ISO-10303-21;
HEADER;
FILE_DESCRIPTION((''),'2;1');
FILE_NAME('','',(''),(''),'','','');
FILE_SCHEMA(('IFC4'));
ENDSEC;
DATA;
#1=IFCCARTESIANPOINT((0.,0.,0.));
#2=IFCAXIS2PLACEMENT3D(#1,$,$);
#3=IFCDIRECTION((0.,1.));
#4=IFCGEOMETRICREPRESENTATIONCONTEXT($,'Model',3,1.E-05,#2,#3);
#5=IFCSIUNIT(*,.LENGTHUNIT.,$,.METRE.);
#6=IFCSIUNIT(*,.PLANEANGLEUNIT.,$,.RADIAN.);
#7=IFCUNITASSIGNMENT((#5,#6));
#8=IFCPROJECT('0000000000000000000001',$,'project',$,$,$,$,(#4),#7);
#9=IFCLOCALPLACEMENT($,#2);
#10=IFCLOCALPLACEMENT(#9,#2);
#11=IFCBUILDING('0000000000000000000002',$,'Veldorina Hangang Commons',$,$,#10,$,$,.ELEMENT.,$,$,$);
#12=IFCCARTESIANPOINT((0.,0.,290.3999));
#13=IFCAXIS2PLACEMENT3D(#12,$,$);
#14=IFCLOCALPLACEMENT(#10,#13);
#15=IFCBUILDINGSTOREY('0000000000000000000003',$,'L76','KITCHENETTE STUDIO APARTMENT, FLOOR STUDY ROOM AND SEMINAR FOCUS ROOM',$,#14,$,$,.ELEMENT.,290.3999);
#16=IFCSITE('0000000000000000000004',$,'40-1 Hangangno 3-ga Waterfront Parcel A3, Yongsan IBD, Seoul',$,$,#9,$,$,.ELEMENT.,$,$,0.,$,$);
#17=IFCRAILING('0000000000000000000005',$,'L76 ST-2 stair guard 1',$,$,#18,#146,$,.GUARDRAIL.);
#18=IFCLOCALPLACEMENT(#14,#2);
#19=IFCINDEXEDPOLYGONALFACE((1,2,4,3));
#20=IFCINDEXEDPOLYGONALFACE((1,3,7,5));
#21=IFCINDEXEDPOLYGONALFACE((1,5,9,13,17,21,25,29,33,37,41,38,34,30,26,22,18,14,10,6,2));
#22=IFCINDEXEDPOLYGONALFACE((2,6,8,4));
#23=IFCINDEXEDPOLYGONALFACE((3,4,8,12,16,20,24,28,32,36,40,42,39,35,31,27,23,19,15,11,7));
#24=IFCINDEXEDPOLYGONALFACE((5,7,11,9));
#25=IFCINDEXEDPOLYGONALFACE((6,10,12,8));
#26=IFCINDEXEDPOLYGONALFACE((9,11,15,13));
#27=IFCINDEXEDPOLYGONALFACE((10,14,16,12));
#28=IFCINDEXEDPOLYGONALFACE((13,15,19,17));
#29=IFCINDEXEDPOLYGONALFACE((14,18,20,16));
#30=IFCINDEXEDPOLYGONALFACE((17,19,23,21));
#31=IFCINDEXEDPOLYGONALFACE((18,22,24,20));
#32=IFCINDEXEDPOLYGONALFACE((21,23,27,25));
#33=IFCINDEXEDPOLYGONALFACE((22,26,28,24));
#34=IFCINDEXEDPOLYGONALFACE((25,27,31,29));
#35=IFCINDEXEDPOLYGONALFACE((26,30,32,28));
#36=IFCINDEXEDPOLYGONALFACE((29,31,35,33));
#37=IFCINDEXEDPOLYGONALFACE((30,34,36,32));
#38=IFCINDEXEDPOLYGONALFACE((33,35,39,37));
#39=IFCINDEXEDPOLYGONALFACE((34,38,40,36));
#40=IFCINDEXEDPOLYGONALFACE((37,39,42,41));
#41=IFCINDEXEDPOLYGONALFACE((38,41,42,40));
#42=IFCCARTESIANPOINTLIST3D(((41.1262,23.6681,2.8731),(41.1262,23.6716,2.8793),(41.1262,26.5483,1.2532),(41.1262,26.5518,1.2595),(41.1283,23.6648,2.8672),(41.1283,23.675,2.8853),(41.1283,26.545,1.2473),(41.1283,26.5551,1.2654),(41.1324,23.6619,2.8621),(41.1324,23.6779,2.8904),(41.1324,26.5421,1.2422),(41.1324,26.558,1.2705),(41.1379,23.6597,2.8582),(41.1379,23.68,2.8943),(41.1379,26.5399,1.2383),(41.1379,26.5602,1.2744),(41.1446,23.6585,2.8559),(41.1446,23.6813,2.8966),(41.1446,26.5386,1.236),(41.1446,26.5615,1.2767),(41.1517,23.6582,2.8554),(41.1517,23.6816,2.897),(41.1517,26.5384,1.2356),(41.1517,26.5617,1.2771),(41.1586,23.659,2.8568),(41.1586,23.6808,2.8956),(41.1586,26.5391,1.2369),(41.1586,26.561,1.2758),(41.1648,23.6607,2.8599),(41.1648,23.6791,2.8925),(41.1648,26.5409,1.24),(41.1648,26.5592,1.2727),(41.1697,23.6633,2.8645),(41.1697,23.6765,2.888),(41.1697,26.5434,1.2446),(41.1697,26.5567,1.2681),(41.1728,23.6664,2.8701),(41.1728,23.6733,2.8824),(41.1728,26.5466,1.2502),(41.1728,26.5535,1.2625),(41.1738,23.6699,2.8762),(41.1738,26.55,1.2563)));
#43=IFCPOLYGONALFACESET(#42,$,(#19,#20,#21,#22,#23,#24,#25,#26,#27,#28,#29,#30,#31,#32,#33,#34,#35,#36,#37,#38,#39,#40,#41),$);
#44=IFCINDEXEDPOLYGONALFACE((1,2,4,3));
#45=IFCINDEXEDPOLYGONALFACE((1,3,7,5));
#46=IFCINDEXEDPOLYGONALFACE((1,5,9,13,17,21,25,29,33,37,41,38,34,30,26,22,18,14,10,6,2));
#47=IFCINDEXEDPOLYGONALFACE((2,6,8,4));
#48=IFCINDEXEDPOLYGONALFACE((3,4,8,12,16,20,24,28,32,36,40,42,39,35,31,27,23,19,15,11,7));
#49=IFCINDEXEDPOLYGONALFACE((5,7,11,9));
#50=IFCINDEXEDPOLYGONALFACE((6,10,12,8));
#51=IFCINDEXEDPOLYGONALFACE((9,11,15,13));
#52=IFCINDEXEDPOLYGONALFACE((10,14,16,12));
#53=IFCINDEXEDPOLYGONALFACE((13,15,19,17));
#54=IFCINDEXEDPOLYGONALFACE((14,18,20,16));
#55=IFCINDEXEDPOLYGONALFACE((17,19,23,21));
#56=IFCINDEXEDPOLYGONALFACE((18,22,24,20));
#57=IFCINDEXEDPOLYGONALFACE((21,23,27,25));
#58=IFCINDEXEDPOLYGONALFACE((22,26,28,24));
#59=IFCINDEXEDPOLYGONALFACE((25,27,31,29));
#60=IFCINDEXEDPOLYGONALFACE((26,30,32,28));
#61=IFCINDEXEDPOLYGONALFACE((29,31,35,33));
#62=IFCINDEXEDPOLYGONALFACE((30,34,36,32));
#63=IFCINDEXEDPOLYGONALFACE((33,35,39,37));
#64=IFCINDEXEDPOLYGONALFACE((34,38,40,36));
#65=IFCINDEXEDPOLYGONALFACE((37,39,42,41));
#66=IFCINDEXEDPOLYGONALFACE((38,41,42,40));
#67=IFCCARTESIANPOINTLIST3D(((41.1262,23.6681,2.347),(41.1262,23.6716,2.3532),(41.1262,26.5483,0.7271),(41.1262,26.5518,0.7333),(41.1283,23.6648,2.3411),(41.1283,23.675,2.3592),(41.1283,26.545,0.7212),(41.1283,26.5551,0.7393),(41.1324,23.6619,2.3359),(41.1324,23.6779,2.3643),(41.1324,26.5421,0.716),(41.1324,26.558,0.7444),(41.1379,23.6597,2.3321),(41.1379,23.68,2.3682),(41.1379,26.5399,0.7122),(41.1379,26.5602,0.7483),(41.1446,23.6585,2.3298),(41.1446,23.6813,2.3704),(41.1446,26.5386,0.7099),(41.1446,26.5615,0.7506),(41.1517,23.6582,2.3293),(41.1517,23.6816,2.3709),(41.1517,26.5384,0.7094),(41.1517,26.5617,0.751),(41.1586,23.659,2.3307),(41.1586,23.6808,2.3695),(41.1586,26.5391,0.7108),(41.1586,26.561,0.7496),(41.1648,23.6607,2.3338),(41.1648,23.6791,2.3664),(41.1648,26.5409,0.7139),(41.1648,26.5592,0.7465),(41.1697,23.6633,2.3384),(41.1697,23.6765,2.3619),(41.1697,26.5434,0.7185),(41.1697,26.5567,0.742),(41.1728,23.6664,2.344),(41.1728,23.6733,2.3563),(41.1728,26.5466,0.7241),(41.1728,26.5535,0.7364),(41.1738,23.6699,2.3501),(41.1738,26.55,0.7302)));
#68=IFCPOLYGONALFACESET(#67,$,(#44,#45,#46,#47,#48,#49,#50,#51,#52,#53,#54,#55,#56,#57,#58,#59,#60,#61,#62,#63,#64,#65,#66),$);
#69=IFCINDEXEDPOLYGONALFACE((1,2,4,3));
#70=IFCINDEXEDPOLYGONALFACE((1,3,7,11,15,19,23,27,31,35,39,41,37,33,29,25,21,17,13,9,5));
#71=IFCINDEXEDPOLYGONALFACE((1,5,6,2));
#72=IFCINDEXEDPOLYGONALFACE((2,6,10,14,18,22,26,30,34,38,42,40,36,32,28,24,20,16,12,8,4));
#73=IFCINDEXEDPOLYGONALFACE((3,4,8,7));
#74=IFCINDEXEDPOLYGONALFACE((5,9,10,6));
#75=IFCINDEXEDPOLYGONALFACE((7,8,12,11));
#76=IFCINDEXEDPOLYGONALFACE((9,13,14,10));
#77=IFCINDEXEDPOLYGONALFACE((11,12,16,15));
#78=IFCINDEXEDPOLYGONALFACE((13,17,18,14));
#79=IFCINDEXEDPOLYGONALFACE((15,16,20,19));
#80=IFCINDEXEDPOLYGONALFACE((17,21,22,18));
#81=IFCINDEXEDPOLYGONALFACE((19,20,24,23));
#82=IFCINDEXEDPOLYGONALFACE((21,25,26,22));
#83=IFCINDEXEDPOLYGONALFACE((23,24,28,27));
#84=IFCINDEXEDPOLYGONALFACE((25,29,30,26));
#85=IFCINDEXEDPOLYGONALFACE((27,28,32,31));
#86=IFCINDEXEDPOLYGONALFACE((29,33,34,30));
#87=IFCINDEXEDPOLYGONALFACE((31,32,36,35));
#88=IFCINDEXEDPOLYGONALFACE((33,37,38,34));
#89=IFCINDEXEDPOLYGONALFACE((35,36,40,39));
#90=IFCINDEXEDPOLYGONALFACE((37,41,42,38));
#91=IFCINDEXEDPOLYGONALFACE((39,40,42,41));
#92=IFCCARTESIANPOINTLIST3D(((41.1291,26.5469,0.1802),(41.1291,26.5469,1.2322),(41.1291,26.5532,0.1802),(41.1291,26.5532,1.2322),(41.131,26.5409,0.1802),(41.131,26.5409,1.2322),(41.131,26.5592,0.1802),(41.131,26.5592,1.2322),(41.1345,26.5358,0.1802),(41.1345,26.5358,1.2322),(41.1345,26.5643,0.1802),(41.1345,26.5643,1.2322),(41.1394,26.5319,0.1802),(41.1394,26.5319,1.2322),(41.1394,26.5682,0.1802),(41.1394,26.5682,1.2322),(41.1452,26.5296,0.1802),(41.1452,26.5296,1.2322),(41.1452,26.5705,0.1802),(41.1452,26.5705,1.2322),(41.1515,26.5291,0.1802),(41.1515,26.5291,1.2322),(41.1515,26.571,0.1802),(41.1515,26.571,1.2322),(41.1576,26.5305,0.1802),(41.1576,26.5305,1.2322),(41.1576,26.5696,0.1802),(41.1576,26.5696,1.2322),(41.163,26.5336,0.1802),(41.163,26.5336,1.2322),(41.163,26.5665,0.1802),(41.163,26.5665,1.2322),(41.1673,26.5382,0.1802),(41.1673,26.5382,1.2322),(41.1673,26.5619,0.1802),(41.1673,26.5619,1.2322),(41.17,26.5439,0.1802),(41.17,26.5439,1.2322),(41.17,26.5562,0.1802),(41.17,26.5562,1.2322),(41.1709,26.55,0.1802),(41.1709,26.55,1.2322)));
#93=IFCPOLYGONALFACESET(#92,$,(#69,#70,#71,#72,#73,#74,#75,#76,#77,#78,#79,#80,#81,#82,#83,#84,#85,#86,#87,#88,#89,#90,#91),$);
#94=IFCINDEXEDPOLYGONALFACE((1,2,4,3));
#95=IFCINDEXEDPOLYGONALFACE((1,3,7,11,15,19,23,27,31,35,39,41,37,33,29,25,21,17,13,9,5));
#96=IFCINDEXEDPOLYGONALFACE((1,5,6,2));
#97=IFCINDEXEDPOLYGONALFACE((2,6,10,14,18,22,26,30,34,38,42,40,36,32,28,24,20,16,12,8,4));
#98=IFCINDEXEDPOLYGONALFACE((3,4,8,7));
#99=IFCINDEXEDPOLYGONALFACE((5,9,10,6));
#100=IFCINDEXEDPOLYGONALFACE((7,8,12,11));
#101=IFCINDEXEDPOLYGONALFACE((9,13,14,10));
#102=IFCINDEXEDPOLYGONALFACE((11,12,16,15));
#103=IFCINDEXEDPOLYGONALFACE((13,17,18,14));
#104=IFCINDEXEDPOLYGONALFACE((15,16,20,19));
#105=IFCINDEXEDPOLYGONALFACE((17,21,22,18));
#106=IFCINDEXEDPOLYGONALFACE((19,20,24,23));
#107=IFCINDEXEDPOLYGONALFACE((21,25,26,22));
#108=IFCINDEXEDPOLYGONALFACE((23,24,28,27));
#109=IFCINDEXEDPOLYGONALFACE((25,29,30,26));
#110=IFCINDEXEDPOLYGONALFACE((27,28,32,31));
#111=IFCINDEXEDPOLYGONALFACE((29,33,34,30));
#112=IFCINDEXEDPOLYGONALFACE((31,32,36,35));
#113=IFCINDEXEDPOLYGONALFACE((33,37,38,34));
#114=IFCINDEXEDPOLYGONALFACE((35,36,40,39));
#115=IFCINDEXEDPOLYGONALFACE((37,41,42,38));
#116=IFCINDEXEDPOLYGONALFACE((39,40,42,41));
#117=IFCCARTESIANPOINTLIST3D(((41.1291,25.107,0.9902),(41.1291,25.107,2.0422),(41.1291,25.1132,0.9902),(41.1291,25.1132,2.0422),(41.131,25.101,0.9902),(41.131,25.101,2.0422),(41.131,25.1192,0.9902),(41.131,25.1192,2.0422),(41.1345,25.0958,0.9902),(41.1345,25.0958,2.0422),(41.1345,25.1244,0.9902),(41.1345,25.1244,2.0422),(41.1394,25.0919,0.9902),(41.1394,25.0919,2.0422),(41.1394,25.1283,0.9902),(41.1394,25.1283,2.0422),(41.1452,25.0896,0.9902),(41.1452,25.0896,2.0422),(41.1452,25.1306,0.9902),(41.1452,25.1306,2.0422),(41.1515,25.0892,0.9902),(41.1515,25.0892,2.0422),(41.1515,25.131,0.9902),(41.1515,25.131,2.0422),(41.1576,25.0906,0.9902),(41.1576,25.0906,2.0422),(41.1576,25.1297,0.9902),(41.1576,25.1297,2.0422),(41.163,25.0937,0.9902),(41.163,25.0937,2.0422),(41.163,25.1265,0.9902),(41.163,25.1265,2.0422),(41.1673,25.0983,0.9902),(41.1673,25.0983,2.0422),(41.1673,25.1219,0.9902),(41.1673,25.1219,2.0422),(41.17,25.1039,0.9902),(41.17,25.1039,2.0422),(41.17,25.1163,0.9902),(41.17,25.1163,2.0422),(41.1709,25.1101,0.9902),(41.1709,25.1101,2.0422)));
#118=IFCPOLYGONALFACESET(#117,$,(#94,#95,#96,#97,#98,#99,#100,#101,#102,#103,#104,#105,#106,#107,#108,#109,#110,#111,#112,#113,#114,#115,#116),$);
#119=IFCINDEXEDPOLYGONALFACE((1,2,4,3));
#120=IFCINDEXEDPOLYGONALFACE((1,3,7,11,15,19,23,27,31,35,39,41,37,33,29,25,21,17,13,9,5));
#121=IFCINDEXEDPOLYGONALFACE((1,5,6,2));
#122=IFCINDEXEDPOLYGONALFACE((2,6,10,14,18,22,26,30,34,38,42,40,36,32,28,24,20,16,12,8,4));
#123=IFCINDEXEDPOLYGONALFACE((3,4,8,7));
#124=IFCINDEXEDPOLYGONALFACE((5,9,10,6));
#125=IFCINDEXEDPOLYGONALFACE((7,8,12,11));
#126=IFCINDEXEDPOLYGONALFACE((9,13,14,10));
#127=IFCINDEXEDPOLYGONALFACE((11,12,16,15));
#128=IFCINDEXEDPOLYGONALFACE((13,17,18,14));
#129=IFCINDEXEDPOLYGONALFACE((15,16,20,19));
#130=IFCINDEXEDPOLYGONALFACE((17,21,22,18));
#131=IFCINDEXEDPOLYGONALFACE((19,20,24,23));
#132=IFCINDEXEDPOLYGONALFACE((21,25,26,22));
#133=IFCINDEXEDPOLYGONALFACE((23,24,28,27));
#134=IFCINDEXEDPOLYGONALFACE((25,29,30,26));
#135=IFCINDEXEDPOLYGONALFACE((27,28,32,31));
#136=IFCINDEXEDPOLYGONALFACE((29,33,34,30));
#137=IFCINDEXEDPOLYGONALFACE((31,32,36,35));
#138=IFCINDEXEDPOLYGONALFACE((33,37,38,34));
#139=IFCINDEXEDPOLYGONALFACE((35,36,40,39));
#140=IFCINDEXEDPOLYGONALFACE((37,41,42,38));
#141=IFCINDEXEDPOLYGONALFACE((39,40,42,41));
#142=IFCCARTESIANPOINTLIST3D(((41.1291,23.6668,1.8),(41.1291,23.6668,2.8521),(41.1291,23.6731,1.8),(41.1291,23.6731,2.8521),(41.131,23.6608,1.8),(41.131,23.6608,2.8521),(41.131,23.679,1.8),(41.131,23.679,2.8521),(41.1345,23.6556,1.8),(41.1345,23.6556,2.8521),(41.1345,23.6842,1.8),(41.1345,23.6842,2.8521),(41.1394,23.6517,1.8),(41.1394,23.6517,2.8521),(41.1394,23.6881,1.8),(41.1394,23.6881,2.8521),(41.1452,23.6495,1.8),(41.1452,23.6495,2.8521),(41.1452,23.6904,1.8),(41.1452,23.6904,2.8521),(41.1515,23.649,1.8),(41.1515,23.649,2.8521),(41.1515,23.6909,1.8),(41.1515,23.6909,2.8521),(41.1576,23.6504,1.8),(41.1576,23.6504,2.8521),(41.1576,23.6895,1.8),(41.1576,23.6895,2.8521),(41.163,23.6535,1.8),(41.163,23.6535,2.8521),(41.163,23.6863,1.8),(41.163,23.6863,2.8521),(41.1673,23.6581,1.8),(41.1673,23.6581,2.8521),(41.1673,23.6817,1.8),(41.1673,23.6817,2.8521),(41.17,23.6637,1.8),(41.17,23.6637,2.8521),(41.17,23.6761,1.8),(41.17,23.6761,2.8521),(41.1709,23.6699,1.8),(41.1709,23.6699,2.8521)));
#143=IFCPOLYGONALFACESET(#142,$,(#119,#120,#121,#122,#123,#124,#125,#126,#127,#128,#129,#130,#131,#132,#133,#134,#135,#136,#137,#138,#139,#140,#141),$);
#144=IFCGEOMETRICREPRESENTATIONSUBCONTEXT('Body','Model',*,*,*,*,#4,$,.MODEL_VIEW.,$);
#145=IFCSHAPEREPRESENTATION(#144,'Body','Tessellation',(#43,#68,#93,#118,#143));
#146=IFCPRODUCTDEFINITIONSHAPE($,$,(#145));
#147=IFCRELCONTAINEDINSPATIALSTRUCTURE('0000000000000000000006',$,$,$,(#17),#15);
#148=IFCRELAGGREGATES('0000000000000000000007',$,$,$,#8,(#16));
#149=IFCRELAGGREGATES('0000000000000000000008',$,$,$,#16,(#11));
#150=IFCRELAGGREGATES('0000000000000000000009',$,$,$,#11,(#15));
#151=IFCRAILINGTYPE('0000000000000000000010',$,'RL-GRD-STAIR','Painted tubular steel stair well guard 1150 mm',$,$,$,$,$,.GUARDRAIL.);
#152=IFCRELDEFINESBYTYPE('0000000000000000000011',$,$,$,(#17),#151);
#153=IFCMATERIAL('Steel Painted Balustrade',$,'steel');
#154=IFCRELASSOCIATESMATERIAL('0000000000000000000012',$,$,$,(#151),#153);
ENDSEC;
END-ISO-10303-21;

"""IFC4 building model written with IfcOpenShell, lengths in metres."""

from ifc_helpers import new_model, si_unit, direction, frame, origin, origin_2d, place, context, subcontext, project, spatial, circle, extrude, material, type_object, element, save


model = new_model("IFC4")

# Units and contexts
model_context = context("Model", 3, precision=1e-05, world=origin(), true_north=direction((0.0, 1.0)))
body_context = subcontext(model_context, "Body", "Model", "MODEL_VIEW")
ifc_project = project(units=[si_unit("LENGTHUNIT", "METRE"), si_unit("PLANEANGLEUNIT", "RADIAN")], contexts=[model_context])

# Site, building, storey
site_placement = place(None, origin())
site = spatial("IfcSite", under=ifc_project, at=site_placement, Name="40-1 Hangangno 3-ga Waterfront Parcel A3, Yongsan IBD, Seoul", CompositionType="ELEMENT", RefElevation=0.0)
building_placement = place(site_placement, origin())
building = spatial("IfcBuilding", under=site, at=building_placement, Name="Veldorina Hangang Commons", CompositionType="ELEMENT")
storey_placement = place(building_placement, frame((0.0, 0.0, 290.3999)))
storey = spatial("IfcBuildingStorey", under=building, at=storey_placement, Name="L76", Description="KITCHENETTE STUDIO APARTMENT, FLOOR STUDY ROOM AND SEMINAR FOCUS ROOM", CompositionType="ELEMENT", Elevation=290.3999)

# Railing
ifc_material_1 = material(Name="Steel Painted Balustrade", Category="steel")
railing_type_1 = type_object("IfcRailingType", Name="RL-GRD-STAIR", Description="Painted tubular steel stair well guard 1150 mm", PredefinedType="GUARDRAIL", material=ifc_material_1)
railing_1_placement = place(storey_placement, frame((41.1499, 26.55, 0.1802)))
element("IfcRailing", 1, at=railing_1_placement, inside=storey, type_object=railing_type_1, Name="L76 ST-2 stair guard 1", PredefinedType="GUARDRAIL", context=body_context, shape_type="SweptSolid", body=[
    extrude(circle(Radius=0.0239, at=origin_2d()), frame((0.0, 0.0, 1.0762), z_axis=(0.0, -0.871601, 0.490216), x_axis=(1.0, 0.0, 0.0)), (0.0, 0.0, 1.0), 3.3044),
    extrude(circle(Radius=0.0239, at=origin_2d()), frame((0.0, 0.0, 0.55), z_axis=(0.0, -0.871601, 0.490216), x_axis=(1.0, 0.0, 0.0)), (0.0, 0.0, 1.0), 3.3044),
    extrude(circle(Radius=0.021, at=origin_2d()), origin(), (0.0, 0.0, 1.0), 1.052),
    extrude(circle(Radius=0.021, at=origin_2d()), frame((0.0, -1.4399, 0.8101)), (0.0, 0.0, 1.0), 1.052),
    extrude(circle(Radius=0.021, at=origin_2d()), frame((0.0, -2.8801, 1.6199)), (0.0, 0.0, 1.0), 1.052),
])

save(model, "model.ifc")
